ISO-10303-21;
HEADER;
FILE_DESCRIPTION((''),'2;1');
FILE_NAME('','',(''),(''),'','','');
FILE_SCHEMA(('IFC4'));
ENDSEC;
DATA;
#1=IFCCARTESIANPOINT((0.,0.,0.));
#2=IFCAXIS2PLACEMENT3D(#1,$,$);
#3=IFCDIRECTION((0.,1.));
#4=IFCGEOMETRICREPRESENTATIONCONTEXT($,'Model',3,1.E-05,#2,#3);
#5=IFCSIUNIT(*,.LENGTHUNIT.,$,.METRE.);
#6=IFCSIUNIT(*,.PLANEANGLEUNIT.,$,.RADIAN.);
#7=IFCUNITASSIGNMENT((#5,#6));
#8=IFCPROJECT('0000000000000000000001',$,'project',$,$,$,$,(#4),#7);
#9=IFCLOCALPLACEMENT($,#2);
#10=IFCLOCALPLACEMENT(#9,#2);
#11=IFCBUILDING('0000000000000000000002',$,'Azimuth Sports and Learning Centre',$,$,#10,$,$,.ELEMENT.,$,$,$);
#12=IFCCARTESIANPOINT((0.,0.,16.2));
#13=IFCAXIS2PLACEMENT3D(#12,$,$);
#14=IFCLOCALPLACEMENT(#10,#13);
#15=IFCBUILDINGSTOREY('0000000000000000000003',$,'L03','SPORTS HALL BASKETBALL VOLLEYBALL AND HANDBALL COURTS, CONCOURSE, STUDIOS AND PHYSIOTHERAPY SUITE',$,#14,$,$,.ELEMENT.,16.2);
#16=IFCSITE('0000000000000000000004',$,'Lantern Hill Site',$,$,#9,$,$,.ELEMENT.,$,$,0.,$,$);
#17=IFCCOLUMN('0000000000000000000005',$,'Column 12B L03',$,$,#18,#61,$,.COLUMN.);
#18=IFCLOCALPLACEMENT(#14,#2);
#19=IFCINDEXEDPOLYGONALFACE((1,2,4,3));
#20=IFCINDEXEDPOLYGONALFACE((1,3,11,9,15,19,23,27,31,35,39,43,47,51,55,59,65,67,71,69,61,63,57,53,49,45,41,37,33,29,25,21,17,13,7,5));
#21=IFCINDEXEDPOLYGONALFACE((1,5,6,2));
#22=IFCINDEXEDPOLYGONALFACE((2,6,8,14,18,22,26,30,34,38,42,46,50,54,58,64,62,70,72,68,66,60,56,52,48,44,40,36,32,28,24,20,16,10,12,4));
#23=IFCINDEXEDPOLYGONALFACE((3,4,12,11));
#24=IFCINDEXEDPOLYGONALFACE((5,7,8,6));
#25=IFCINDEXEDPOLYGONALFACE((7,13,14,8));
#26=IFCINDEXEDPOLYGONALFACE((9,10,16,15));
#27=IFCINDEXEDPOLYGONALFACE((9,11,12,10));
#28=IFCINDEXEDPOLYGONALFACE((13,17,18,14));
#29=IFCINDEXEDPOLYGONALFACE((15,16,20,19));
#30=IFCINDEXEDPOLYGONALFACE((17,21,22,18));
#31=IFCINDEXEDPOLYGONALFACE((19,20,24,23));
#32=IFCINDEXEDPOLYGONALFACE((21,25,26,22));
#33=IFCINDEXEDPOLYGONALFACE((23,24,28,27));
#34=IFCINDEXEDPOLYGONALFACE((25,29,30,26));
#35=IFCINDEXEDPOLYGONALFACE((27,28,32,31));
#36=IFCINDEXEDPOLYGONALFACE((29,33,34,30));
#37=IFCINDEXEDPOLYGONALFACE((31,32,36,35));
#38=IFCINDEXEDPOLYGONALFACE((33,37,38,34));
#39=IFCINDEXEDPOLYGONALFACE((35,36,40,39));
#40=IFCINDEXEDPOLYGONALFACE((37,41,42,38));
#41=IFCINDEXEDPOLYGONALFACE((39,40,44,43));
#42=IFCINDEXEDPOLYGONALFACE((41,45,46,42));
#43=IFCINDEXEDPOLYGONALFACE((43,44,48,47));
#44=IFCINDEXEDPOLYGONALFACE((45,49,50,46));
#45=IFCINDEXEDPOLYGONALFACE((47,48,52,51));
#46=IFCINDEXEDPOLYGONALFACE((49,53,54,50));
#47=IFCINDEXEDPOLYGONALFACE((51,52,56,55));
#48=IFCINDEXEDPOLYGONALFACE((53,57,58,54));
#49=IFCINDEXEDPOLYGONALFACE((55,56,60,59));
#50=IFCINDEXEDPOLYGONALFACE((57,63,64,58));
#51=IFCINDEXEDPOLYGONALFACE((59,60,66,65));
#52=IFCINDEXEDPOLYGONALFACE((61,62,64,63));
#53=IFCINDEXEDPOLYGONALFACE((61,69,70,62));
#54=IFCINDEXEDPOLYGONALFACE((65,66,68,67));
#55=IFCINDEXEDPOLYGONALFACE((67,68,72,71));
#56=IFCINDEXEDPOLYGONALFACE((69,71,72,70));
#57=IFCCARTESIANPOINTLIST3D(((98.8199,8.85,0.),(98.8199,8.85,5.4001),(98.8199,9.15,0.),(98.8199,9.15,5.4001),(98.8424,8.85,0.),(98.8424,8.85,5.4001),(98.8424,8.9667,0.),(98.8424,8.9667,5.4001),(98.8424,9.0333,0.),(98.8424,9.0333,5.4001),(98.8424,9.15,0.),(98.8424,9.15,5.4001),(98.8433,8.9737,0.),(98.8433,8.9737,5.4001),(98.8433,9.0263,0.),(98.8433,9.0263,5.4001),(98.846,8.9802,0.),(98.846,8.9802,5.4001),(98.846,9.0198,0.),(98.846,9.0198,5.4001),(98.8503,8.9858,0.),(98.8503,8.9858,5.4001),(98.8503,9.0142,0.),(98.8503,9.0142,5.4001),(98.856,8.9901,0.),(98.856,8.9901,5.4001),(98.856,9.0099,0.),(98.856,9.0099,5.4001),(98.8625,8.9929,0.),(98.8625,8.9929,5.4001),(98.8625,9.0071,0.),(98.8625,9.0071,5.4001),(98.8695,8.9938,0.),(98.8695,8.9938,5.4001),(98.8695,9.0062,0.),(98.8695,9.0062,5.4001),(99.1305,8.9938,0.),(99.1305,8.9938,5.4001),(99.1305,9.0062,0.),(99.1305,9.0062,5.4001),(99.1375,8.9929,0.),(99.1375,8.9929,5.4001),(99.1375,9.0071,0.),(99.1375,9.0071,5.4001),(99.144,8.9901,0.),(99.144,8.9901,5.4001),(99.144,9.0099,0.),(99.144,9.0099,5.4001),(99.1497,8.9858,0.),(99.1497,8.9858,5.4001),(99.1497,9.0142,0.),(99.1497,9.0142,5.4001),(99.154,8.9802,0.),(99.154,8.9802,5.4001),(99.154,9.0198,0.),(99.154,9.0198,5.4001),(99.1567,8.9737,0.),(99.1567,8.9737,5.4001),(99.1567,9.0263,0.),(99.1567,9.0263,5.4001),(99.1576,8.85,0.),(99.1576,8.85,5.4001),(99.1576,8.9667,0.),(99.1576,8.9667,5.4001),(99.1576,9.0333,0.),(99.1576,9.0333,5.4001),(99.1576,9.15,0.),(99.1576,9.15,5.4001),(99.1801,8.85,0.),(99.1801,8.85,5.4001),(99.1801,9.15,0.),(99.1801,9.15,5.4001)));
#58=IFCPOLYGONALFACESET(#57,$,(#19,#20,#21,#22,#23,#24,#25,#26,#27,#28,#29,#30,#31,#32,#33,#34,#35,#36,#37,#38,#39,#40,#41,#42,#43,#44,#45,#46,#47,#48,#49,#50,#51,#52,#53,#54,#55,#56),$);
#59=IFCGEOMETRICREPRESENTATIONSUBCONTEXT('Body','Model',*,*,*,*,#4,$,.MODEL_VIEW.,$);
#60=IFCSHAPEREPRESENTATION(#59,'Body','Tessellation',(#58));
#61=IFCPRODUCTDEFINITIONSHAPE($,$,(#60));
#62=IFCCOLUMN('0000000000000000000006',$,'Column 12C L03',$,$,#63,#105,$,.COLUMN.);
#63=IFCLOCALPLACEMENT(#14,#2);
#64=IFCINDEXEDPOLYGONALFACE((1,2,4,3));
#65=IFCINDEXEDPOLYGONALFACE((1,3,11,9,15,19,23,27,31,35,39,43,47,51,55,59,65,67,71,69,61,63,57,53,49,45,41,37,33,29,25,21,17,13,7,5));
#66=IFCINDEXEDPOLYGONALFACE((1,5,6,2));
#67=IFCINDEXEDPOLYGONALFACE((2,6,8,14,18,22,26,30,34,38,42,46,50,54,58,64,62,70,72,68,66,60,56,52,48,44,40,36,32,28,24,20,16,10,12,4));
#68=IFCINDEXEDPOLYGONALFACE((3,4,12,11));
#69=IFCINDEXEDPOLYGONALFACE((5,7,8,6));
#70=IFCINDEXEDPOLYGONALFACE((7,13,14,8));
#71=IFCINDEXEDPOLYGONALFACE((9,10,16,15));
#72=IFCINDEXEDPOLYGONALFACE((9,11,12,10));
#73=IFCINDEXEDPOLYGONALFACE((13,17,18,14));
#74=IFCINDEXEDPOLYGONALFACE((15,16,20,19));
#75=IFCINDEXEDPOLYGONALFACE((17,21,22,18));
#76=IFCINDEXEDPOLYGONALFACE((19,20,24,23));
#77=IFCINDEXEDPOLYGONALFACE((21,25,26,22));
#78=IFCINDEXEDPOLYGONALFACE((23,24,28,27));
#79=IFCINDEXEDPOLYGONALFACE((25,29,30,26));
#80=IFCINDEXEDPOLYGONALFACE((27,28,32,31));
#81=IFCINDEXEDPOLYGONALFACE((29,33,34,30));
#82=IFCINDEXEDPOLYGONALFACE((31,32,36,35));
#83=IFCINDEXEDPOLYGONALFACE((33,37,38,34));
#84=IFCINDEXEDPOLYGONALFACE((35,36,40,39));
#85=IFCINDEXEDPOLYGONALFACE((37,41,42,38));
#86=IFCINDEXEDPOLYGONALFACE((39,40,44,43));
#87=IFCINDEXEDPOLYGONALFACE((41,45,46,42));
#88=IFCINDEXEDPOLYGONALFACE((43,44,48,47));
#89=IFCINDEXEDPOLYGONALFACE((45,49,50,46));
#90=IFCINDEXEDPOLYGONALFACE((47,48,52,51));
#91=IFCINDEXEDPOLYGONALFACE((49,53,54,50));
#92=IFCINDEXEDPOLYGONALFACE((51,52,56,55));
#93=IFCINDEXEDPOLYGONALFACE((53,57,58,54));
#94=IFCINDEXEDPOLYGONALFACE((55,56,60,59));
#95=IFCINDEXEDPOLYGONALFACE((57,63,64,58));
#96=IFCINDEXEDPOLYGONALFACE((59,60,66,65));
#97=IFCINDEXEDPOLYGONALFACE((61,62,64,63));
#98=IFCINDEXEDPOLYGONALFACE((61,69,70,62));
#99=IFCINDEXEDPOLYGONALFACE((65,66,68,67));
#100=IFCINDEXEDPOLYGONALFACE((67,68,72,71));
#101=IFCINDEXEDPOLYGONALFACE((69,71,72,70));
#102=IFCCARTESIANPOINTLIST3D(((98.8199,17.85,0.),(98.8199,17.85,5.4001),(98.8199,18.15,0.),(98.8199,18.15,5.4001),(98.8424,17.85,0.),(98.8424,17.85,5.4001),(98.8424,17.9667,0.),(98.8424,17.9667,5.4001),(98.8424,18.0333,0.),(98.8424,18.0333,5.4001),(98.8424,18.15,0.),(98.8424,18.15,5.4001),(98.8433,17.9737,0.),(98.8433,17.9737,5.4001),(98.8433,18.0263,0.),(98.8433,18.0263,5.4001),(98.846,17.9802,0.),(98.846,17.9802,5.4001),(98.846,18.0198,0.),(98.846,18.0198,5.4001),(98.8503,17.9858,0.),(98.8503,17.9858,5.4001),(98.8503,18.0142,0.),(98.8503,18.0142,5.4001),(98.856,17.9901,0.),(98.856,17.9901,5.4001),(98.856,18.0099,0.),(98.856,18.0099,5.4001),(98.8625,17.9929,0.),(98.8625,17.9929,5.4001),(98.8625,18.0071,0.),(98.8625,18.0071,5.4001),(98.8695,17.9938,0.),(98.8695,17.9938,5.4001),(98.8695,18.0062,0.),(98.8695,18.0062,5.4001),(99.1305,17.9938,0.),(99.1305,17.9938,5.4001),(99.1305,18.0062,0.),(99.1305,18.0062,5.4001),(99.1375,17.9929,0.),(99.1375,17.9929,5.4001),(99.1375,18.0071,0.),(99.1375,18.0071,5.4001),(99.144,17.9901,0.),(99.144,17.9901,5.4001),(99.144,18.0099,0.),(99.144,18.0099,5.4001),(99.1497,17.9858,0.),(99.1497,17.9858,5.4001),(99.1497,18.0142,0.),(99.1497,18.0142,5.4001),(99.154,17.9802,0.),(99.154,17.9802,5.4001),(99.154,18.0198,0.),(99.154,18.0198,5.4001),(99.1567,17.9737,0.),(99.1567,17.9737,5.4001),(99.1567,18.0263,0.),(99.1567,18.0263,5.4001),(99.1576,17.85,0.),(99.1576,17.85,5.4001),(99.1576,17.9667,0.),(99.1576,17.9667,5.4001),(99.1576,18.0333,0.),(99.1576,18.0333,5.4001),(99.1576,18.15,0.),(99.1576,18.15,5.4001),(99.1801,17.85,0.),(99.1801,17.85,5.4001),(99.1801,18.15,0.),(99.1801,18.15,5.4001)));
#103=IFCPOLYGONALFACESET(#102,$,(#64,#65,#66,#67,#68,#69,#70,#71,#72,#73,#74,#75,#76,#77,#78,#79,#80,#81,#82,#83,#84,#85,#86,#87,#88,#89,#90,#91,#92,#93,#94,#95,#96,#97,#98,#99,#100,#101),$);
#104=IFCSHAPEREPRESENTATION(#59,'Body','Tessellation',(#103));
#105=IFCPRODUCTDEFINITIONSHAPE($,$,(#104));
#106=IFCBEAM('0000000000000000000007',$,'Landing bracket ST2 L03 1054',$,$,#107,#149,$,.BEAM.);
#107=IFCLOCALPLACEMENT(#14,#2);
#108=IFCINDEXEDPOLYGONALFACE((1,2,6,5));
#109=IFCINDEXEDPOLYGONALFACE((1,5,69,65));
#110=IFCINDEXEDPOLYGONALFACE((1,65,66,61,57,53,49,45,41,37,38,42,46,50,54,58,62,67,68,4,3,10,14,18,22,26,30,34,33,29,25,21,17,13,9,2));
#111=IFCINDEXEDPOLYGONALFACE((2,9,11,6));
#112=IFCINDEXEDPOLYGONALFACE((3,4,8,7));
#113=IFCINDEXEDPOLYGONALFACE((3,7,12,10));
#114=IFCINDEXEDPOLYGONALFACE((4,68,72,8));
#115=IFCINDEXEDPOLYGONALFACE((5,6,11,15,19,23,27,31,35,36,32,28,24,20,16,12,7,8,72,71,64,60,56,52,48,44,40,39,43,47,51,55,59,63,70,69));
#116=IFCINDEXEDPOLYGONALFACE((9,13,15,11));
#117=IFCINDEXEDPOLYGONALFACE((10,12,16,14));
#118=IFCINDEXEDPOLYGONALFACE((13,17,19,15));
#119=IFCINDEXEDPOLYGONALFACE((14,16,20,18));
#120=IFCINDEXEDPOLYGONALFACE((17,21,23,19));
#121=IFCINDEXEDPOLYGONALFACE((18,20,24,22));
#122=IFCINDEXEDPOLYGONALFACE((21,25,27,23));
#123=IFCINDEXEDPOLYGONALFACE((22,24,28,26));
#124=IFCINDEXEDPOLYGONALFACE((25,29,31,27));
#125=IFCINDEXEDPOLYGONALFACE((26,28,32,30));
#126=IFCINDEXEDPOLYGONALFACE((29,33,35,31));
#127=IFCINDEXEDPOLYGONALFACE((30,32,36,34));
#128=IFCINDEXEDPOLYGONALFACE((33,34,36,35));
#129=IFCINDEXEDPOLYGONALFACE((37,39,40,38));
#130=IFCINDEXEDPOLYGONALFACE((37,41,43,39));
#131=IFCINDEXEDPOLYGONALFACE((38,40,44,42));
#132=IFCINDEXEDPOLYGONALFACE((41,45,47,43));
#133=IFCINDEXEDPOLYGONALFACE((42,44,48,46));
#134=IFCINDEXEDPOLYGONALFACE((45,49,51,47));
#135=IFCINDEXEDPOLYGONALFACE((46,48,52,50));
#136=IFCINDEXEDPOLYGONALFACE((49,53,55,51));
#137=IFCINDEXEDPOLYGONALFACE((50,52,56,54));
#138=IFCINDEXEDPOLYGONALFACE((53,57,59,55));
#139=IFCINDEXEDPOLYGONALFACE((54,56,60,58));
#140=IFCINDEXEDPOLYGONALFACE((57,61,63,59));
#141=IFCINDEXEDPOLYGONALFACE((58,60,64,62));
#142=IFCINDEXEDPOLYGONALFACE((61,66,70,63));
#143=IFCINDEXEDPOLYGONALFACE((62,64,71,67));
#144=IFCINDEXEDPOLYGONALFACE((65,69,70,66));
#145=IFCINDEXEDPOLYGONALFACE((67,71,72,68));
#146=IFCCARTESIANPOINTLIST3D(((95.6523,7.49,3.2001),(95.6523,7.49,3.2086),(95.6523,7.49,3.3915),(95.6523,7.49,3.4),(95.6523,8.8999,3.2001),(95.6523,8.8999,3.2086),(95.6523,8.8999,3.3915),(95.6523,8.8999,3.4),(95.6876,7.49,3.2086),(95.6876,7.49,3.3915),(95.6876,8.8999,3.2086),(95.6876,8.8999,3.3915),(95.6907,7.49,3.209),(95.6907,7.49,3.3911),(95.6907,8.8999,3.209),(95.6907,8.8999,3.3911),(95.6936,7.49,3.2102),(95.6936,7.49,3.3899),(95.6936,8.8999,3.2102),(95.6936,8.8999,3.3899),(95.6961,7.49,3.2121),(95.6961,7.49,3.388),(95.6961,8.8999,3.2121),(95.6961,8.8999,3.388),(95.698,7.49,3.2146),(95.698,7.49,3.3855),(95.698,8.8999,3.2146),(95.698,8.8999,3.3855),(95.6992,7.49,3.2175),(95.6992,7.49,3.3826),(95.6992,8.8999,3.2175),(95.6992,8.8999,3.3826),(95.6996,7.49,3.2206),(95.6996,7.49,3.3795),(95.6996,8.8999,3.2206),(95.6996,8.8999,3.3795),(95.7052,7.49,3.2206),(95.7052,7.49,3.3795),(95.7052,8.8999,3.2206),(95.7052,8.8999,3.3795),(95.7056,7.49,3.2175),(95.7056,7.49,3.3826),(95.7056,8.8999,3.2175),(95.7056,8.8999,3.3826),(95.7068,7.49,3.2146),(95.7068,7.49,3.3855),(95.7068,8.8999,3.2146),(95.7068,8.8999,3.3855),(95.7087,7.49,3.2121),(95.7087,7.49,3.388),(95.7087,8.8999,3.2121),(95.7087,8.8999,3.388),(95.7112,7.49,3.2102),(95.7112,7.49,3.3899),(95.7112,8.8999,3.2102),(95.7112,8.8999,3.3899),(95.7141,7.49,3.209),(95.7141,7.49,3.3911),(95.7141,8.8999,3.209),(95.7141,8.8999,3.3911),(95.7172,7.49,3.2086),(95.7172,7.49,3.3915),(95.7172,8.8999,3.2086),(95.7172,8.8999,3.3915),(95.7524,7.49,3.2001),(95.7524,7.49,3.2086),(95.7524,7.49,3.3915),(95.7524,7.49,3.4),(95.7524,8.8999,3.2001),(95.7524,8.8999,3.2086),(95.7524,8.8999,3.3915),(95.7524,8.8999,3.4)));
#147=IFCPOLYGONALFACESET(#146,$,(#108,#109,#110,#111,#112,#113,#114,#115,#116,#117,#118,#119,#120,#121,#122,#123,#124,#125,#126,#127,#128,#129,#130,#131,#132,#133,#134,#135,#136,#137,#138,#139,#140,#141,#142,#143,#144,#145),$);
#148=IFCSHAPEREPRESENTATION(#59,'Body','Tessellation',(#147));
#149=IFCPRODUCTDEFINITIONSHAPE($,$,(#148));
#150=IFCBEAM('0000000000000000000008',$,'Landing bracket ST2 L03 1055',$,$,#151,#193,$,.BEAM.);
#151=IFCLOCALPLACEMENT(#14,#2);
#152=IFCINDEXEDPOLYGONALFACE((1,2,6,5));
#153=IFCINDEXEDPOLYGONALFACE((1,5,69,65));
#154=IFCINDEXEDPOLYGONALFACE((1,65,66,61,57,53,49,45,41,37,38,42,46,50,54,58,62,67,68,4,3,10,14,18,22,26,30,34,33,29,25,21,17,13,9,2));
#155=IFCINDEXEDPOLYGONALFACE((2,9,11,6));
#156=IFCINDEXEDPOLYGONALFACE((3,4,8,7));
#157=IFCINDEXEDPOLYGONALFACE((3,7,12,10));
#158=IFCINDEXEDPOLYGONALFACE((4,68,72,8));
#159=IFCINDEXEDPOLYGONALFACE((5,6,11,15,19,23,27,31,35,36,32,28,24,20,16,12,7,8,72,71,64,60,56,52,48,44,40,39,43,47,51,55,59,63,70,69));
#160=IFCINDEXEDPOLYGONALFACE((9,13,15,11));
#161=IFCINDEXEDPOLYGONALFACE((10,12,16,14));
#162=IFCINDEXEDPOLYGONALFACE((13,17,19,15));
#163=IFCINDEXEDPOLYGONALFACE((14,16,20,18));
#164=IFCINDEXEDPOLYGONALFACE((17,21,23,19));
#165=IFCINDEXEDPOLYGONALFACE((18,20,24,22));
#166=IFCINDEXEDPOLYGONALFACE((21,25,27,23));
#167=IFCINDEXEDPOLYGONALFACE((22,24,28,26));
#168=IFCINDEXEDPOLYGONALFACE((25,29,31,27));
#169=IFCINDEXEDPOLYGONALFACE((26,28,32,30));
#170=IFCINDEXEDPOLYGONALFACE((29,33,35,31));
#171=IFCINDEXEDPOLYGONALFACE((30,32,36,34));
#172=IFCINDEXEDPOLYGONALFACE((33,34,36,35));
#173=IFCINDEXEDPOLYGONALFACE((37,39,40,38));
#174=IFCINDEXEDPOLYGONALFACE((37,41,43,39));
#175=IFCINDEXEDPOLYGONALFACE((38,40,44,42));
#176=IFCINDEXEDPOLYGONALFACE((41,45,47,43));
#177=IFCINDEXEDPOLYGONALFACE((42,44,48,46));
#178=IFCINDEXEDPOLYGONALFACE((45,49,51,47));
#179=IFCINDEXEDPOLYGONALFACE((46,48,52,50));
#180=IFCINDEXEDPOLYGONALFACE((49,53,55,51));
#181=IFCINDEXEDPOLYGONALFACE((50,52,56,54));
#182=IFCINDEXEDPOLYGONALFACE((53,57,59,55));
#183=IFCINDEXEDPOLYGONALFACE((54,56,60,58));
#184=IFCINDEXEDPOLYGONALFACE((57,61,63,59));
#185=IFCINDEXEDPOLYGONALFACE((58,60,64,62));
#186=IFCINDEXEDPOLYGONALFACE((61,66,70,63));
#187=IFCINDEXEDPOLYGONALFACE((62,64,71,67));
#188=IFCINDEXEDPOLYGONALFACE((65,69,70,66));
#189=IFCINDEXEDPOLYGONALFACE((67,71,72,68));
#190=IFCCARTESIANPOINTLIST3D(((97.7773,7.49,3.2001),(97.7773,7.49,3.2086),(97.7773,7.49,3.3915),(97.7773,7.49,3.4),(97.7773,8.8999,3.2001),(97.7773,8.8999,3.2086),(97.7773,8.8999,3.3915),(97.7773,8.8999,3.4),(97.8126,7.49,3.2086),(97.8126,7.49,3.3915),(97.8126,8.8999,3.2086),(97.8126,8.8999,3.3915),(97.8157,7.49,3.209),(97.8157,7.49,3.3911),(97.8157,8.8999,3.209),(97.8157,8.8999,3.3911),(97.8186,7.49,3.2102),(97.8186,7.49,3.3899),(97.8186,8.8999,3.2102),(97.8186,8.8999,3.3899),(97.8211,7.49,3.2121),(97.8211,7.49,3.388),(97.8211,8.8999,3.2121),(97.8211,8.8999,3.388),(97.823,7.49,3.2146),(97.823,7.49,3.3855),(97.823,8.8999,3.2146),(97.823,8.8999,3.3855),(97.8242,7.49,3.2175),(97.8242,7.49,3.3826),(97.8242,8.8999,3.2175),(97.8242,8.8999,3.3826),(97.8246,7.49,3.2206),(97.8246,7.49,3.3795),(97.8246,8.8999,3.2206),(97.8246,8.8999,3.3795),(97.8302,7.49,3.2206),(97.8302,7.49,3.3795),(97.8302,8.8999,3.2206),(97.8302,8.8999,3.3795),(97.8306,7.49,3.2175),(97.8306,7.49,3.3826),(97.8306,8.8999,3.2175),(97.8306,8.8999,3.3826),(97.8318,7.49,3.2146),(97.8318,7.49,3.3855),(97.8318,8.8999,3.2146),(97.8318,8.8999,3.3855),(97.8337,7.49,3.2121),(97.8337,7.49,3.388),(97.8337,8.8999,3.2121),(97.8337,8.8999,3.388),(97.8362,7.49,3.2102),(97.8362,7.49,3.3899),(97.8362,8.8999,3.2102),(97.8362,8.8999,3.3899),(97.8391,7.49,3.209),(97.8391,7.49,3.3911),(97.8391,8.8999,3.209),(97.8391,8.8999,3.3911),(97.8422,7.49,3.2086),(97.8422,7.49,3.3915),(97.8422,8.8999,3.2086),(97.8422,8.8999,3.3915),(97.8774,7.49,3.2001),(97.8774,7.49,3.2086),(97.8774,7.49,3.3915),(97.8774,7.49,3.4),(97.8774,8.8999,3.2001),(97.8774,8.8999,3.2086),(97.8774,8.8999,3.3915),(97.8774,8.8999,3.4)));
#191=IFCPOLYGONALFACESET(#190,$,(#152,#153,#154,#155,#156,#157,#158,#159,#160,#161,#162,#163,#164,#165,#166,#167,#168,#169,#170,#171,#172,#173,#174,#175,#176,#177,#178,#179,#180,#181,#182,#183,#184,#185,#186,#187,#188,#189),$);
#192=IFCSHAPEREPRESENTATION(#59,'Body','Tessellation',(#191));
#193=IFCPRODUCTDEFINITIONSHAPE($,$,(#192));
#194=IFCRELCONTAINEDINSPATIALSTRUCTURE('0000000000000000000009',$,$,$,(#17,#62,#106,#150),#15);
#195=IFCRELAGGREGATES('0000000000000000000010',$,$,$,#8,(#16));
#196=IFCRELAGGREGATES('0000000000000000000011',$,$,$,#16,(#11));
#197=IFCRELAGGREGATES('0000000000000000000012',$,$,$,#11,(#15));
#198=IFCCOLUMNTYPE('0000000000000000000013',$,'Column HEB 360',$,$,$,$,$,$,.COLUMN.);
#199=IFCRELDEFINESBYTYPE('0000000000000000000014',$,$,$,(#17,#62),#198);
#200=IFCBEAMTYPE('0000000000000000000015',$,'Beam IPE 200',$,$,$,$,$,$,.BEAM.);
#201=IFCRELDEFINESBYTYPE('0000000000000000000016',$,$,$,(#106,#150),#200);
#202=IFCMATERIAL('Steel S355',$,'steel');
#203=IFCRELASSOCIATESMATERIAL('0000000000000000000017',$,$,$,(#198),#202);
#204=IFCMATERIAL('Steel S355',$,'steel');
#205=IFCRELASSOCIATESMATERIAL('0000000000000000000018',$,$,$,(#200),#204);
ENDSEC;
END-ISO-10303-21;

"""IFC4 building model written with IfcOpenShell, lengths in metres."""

from ifc_helpers import new_model, si_unit, direction, frame, origin, origin_2d, place, context, subcontext, project, spatial, i_section, extrude, material, material_profile, profile_set, type_object, element, save


model = new_model("IFC4")

# Units and contexts
model_context = context("Model", 3, precision=1e-05, world=origin(), true_north=direction((0.0, 1.0)))
body_context = subcontext(model_context, "Body", "Model", "MODEL_VIEW")
ifc_project = project(units=[si_unit("LENGTHUNIT", "METRE"), si_unit("PLANEANGLEUNIT", "RADIAN")], contexts=[model_context])

# Site, building, storey
site_placement = place(None, origin())
site = spatial("IfcSite", under=ifc_project, at=site_placement, Name="Lantern Hill Site", CompositionType="ELEMENT", RefElevation=0.0)
building_placement = place(site_placement, origin())
building = spatial("IfcBuilding", under=site, at=building_placement, Name="Azimuth Sports and Learning Centre", CompositionType="ELEMENT")
storey_placement = place(building_placement, frame((0.0, 0.0, 16.2)))
storey = spatial("IfcBuildingStorey", under=building, at=storey_placement, Name="L03", Description="SPORTS HALL BASKETBALL VOLLEYBALL AND HANDBALL COURTS, CONCOURSE, STUDIOS AND PHYSIOTHERAPY SUITE", CompositionType="ELEMENT", Elevation=16.2)

# Columns
ifc_material_1 = material(Name="Steel S355", Category="steel")
ifc_material_profile_1 = material_profile(ifc_material_1, i_section(OverallWidth=0.3, OverallDepth=0.3601, WebThickness=0.0125, FlangeThickness=0.0225, FilletRadius=0.0271, at=origin_2d()), Name="HEB 360")
ifc_profile_set_1 = profile_set([ifc_material_profile_1], Name="Steel S355")
column_type = type_object("IfcColumnType", Name="Column HEB 360", PredefinedType="COLUMN", material=ifc_profile_set_1)
for number, where, z_axis, x_axis, name in (
    (1, (99.0, 9.0, 0.0), (0.0, 0.0, 1.0), (0.0, 1.0, 0.0), "Column 12B L03"),
    (2, (99.0, 18.0, 0.0), (0.0, 0.0, 1.0), (0.0, 1.0, 0.0), "Column 12C L03"),
):
    element("IfcColumn", number, at=place(storey_placement, frame(where, z_axis=z_axis, x_axis=x_axis)), inside=storey, type_object=column_type, Name=name, PredefinedType="COLUMN", context=body_context, shape_type="SweptSolid", body=[
        extrude(i_section(OverallWidth=0.3, OverallDepth=0.3601, WebThickness=0.0125, FlangeThickness=0.0225, FilletRadius=0.0271, at=origin_2d()), origin(), (0.0, 0.0, 1.0), 5.4001),
    ])

# Beams
ifc_material_2 = material(Name="Steel S355", Category="steel")
ifc_material_profile_2 = material_profile(ifc_material_2, i_section(OverallWidth=0.1001, OverallDepth=0.2, WebThickness=0.0056, FlangeThickness=0.0085, FilletRadius=0.012, at=origin_2d()), Name="IPE 200")
ifc_profile_set_2 = profile_set([ifc_material_profile_2], Name="Steel S355")
beam_type_1 = type_object("IfcBeamType", Name="Beam IPE 200", PredefinedType="BEAM", material=ifc_profile_set_2)
for number, where, z_axis, x_axis, name in (
    (3, (95.7024, 8.8999, 3.3), (0.0, -1.0, 0.0), (1.0, 0.0, 0.0), "Landing bracket ST2 L03 1054"),
    (4, (97.8274, 8.8999, 3.3), (0.0, -1.0, 0.0), (1.0, 0.0, 0.0), "Landing bracket ST2 L03 1055"),
):
    element("IfcBeam", number, at=place(storey_placement, frame(where, z_axis=z_axis, x_axis=x_axis)), inside=storey, type_object=beam_type_1, Name=name, PredefinedType="BEAM", context=body_context, shape_type="SweptSolid", body=[
        extrude(i_section(OverallWidth=0.1001, OverallDepth=0.2, WebThickness=0.0056, FlangeThickness=0.0085, FilletRadius=0.012, at=origin_2d()), origin(), (0.0, 0.0, 1.0), 1.4099),
    ])

save(model, "model.ifc")
